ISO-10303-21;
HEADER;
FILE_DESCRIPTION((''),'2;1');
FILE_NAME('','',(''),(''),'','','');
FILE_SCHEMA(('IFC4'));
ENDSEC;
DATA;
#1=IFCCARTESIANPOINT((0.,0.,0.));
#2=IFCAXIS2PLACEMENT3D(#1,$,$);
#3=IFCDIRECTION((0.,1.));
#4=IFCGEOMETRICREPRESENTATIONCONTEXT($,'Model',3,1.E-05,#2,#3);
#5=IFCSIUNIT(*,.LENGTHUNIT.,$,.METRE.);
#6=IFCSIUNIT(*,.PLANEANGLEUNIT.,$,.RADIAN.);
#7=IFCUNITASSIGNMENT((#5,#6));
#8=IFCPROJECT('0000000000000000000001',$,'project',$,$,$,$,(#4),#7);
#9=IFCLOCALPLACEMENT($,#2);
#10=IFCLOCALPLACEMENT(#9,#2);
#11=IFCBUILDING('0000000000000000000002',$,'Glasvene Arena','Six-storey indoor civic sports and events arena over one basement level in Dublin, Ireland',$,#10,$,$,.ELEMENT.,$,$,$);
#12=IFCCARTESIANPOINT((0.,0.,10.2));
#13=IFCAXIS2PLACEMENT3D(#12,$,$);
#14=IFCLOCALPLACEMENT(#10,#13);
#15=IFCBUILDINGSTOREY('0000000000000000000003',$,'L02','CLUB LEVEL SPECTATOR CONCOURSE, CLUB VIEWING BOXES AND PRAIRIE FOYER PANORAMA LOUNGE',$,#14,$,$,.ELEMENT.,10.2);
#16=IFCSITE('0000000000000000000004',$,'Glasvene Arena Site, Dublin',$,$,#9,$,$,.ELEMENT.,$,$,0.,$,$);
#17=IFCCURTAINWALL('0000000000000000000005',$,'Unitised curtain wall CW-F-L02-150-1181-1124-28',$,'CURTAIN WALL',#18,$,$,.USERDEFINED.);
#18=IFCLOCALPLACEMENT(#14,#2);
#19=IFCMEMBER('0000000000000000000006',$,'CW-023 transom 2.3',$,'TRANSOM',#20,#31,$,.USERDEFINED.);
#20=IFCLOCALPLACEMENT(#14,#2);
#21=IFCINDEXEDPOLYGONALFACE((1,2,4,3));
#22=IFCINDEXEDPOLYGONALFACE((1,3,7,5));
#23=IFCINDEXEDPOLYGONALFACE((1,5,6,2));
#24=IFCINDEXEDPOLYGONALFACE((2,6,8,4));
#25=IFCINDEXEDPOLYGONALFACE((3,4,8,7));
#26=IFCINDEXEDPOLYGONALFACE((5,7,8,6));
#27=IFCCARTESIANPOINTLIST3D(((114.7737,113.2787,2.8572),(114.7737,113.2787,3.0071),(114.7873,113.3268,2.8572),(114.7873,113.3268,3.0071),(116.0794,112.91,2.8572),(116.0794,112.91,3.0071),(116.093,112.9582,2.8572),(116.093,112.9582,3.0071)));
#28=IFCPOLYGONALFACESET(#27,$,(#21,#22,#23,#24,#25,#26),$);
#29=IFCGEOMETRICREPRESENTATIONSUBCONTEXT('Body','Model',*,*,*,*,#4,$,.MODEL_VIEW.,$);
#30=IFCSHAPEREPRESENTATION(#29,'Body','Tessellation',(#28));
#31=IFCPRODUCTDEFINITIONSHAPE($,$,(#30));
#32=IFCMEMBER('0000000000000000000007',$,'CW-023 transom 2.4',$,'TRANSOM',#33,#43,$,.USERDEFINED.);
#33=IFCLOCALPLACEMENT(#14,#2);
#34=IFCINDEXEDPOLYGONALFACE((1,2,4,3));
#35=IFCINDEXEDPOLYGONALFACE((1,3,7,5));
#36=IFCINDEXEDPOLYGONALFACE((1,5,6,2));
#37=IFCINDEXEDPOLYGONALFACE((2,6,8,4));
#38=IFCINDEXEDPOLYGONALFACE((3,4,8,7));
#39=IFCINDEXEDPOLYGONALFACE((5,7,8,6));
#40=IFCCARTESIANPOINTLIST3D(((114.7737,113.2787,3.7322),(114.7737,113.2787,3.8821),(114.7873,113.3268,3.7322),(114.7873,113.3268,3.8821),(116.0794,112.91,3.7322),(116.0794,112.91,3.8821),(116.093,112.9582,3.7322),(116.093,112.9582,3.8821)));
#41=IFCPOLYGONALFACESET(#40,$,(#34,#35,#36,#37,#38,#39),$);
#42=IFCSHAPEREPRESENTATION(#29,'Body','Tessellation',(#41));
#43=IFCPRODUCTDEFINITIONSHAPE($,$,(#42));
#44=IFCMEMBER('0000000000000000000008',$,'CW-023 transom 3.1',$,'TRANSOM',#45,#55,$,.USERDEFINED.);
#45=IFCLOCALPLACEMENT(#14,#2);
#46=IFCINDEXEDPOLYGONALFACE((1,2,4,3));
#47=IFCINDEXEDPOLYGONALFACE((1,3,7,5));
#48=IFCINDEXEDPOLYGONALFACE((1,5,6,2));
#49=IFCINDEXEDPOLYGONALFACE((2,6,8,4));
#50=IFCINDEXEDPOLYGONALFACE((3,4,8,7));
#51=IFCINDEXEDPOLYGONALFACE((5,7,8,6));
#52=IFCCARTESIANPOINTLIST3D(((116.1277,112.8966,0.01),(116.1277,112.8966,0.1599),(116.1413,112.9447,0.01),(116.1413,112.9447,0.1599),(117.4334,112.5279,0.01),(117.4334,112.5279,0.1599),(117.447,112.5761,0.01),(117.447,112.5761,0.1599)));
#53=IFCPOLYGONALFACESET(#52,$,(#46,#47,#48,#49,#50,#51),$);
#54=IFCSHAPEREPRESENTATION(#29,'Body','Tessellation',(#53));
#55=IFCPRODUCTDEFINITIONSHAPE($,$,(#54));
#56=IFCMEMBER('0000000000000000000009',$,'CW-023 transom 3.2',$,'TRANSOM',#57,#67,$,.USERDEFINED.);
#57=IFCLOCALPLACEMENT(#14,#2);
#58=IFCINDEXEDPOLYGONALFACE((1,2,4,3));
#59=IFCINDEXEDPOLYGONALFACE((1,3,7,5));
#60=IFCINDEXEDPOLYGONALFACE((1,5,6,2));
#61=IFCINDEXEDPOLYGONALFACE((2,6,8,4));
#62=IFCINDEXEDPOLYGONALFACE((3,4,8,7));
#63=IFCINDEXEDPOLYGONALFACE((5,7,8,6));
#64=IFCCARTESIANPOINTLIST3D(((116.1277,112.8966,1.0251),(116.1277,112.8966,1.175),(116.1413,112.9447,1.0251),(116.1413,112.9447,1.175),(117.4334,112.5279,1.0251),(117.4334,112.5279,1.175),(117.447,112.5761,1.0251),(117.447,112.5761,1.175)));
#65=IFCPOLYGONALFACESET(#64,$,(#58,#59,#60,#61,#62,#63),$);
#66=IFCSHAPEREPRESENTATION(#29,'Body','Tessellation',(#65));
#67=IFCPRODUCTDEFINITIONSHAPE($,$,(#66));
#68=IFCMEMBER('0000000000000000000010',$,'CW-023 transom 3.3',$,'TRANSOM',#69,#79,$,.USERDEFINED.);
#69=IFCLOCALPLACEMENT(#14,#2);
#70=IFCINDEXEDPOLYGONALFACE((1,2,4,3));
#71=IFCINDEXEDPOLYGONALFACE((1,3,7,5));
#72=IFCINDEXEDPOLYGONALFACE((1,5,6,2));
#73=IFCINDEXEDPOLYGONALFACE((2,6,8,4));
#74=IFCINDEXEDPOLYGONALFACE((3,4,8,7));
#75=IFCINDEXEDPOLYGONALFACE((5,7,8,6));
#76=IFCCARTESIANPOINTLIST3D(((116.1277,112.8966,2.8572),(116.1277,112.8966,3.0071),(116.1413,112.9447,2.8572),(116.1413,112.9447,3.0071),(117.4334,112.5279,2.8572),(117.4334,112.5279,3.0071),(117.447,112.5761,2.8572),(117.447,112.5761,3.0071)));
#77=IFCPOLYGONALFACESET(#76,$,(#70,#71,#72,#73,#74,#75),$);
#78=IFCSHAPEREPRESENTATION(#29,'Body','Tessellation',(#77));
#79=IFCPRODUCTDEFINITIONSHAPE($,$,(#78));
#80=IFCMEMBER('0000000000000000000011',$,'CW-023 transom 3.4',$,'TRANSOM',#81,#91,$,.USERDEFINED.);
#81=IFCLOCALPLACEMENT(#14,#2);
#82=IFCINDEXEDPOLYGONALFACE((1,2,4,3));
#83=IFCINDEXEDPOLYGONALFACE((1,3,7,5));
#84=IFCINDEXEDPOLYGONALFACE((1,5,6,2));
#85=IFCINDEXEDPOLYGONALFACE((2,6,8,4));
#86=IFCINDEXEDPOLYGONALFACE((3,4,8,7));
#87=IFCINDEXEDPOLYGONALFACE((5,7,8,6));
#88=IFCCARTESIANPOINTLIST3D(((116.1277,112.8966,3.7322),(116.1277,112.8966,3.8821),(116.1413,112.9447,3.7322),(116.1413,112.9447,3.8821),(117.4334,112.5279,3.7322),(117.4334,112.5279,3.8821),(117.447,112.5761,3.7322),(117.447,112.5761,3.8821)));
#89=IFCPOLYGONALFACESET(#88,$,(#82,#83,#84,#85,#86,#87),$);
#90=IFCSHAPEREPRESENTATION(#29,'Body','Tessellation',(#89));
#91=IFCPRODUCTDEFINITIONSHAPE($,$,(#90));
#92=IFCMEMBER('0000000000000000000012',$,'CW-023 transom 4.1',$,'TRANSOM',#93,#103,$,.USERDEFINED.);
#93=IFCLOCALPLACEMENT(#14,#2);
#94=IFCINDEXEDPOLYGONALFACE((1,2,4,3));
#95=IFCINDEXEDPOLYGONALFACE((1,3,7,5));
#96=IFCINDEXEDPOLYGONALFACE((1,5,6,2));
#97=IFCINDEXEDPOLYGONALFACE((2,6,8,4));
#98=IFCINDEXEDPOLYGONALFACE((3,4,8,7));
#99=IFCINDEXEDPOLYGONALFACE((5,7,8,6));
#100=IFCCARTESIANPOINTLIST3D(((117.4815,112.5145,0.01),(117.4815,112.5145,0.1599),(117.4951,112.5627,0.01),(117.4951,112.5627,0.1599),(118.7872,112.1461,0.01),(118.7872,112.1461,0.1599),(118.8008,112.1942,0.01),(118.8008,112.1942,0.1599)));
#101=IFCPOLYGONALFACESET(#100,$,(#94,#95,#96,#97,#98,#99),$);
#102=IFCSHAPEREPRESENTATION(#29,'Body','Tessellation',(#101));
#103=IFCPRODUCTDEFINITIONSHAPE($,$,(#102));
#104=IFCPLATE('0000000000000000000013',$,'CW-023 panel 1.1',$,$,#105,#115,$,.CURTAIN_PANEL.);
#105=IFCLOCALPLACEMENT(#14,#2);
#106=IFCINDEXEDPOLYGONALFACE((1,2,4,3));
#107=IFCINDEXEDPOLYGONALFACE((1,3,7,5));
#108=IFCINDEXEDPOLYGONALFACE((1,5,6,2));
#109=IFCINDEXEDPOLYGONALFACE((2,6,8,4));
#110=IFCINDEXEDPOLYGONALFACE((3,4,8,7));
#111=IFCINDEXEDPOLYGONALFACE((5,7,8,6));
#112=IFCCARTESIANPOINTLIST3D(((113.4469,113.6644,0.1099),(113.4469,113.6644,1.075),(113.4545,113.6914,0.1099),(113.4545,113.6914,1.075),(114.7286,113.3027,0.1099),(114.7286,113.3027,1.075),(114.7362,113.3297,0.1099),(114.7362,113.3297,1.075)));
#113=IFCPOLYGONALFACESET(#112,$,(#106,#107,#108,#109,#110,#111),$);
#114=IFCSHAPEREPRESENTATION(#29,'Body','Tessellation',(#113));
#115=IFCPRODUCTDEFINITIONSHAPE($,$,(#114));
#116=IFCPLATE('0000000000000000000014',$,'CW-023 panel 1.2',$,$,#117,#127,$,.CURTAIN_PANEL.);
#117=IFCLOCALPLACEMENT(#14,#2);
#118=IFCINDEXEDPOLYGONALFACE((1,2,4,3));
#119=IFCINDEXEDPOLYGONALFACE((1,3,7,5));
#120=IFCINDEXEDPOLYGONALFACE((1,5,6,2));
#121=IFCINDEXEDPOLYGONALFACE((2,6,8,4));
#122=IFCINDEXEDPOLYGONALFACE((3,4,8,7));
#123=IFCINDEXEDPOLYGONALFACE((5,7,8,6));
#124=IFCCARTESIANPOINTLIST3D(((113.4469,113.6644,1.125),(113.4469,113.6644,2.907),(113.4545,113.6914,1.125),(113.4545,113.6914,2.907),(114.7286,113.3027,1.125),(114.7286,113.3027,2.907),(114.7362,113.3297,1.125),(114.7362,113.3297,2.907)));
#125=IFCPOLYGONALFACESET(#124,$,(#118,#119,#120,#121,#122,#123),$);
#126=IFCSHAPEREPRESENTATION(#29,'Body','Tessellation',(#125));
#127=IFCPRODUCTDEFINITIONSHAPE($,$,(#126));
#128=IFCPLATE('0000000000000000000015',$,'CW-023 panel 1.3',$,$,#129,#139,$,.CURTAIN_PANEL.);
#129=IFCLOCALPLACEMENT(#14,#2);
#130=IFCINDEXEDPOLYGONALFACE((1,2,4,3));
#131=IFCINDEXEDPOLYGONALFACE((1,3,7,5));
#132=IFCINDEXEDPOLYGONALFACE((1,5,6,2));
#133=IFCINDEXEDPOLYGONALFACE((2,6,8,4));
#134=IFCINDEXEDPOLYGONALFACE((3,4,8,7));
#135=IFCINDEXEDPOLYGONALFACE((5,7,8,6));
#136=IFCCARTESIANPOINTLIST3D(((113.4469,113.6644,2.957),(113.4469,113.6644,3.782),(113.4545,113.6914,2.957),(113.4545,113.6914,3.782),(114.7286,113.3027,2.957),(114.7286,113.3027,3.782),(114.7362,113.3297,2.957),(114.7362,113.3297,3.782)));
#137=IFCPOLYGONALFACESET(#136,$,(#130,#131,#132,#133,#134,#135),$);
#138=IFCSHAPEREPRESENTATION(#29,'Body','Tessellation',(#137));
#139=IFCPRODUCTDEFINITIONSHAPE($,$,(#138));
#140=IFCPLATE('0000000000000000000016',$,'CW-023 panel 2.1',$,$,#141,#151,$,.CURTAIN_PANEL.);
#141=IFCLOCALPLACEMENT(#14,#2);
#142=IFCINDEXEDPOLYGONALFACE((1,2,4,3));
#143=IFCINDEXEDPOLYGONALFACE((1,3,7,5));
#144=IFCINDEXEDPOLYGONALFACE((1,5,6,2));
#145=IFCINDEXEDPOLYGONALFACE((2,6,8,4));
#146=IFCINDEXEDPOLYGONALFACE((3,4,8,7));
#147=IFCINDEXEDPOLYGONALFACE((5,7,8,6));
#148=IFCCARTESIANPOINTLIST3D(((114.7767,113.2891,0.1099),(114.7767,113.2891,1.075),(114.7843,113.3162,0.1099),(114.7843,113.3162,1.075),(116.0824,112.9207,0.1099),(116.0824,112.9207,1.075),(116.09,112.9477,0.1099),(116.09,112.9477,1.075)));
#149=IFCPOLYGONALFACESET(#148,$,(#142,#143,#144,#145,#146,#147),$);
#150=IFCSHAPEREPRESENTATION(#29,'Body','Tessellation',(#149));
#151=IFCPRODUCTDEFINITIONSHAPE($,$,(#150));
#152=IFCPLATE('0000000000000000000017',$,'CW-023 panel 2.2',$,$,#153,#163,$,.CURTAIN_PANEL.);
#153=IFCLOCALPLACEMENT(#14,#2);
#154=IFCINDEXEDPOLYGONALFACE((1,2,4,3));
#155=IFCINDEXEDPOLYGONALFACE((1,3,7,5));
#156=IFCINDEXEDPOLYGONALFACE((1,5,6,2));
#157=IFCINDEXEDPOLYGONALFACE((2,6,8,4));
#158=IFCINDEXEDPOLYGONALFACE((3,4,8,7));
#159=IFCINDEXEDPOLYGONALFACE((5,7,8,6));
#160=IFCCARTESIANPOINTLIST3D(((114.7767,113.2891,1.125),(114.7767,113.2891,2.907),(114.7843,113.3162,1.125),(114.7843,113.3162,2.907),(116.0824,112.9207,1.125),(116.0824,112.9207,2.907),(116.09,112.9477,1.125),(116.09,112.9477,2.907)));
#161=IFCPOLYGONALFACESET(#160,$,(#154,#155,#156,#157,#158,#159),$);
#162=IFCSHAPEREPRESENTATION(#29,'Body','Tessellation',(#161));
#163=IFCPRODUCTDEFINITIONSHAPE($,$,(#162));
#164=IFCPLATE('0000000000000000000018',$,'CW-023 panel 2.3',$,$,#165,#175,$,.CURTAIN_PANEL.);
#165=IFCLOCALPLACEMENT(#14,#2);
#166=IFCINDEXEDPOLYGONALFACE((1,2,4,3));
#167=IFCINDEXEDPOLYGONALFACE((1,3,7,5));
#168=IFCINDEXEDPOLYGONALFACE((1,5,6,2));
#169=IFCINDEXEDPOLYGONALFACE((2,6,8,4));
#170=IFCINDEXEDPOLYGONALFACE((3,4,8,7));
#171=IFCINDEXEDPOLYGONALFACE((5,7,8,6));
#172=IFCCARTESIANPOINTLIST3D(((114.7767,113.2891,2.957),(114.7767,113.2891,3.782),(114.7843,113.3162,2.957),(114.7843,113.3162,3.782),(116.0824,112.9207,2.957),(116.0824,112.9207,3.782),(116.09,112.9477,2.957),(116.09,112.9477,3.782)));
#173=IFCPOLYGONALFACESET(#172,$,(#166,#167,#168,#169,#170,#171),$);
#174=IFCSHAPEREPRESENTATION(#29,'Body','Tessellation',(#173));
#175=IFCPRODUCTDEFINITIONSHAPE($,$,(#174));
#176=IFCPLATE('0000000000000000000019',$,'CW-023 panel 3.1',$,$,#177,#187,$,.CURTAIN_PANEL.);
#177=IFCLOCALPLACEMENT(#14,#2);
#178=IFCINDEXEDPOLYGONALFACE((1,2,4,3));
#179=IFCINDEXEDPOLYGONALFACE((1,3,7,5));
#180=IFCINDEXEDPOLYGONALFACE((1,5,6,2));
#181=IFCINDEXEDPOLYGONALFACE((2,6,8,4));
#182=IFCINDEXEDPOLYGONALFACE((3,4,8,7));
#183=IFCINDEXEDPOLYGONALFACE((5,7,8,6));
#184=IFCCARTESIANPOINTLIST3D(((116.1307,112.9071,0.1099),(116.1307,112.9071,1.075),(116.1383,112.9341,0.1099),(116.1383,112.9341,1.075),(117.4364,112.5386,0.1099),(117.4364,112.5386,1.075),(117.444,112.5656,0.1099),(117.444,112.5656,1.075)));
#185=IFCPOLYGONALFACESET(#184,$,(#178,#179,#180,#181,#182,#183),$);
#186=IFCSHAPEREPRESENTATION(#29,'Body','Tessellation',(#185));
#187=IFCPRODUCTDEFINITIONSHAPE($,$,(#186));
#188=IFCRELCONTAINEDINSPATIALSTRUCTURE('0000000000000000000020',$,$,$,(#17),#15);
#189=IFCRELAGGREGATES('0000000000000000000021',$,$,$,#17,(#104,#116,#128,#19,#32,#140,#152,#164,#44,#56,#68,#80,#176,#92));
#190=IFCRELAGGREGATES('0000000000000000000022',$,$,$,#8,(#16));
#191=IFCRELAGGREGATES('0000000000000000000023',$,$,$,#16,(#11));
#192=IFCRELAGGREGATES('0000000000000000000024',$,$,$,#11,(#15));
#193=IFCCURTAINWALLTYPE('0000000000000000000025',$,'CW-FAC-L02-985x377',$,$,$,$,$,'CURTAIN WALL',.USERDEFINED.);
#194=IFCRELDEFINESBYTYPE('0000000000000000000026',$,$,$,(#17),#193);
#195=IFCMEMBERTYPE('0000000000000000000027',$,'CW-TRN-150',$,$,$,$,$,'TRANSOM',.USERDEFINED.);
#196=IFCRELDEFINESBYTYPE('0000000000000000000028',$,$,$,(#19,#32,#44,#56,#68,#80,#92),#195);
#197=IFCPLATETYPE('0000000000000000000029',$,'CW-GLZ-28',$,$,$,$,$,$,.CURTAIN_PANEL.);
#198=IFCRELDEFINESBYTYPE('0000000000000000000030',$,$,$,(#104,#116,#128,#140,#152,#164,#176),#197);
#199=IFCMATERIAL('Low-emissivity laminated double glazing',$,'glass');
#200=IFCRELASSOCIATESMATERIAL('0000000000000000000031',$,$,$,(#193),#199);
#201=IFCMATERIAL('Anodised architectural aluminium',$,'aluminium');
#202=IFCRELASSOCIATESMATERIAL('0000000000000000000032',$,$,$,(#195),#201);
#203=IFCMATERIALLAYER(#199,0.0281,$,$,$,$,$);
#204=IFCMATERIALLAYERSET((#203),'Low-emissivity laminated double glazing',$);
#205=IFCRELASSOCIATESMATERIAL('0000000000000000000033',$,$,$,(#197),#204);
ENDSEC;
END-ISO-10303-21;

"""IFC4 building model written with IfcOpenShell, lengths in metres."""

from ifc_helpers import new_model, si_unit, direction, frame, origin, origin_2d, place, context, subcontext, project, spatial, rectangle, extrude, material, layer, layer_set, material_profile, profile_set, type_object, element, aggregate, save


model = new_model("IFC4")

# Units and contexts
model_context = context("Model", 3, precision=1e-05, world=origin(), true_north=direction((0.0, 1.0)))
body_context = subcontext(model_context, "Body", "Model", "MODEL_VIEW")
ifc_project = project(units=[si_unit("LENGTHUNIT", "METRE"), si_unit("PLANEANGLEUNIT", "RADIAN")], contexts=[model_context])

# Site, building, storey
site_placement = place(None, origin())
site = spatial("IfcSite", under=ifc_project, at=site_placement, Name="Glasvene Arena Site, Dublin", CompositionType="ELEMENT", RefElevation=0.0)
building_placement = place(site_placement, origin())
building = spatial("IfcBuilding", under=site, at=building_placement, Name="Glasvene Arena", Description="Six-storey indoor civic sports and events arena over one basement level in Dublin, Ireland", CompositionType="ELEMENT")
storey_placement = place(building_placement, frame((0.0, 0.0, 10.2)))
storey = spatial("IfcBuildingStorey", under=building, at=storey_placement, Name="L02", Description="CLUB LEVEL SPECTATOR CONCOURSE, CLUB VIEWING BOXES AND PRAIRIE FOYER PANORAMA LOUNGE", CompositionType="ELEMENT", Elevation=10.2)

# Curtain wall, members, plates
ifc_material_1 = material(Name="Low-emissivity laminated double glazing", Category="glass")
curtain_wall_type = type_object("IfcCurtainWallType", Name="CW-FAC-L02-985x377", ElementType="CURTAIN WALL", PredefinedType="USERDEFINED", material=ifc_material_1)
curtain_wall_placement = place(storey_placement, frame((113.4026, 113.6914, 0.0)))
curtain_wall = element("IfcCurtainWall", 1, at=curtain_wall_placement, inside=storey, type_object=curtain_wall_type, Name="Unitised curtain wall CW-F-L02-150-1181-1124-28", ObjectType="CURTAIN WALL", PredefinedType="USERDEFINED")
ifc_material_2 = material(Name="Anodised architectural aluminium", Category="aluminium")
ifc_material_profile_1 = material_profile(ifc_material_2, rectangle(XDim=0.05, YDim=0.1499, at=origin_2d()), Name="ALU TRANSOM 50x150")
ifc_profile_set_1 = profile_set([ifc_material_profile_1], Name="Anodised architectural aluminium")
member_type_1 = type_object("IfcMemberType", Name="CW-TRN-150", ElementType="TRANSOM", PredefinedType="USERDEFINED", material=ifc_profile_set_1)
member_1_placement = place(storey_placement, frame((114.7805, 113.3027, 2.9321), z_axis=(0.962375, -0.271725, 0.0), x_axis=(0.271725, 0.962375, 0.0)))
member_1 = element("IfcMember", 2, at=member_1_placement, type_object=member_type_1, Name="CW-023 transom 2.3", ObjectType="TRANSOM", PredefinedType="USERDEFINED", context=body_context, shape_type="SweptSolid", body=[
    extrude(rectangle(XDim=0.05, YDim=0.1499, at=origin_2d()), origin(), (0.0, 0.0, 1.0), 1.3567),
])
member_2_placement = place(storey_placement, frame((114.7805, 113.3027, 3.8071), z_axis=(0.962375, -0.271725, 0.0), x_axis=(0.271725, 0.962375, 0.0)))
member_2 = element("IfcMember", 3, at=member_2_placement, type_object=member_type_1, Name="CW-023 transom 2.4", ObjectType="TRANSOM", PredefinedType="USERDEFINED", context=body_context, shape_type="SweptSolid", body=[
    extrude(rectangle(XDim=0.05, YDim=0.1499, at=origin_2d()), origin(), (0.0, 0.0, 1.0), 1.3567),
])
member_3_placement = place(storey_placement, frame((116.1345, 112.9207, 0.085), z_axis=(0.962375, -0.271725, 0.0), x_axis=(0.271725, 0.962375, 0.0)))
member_3 = element("IfcMember", 4, at=member_3_placement, type_object=member_type_1, Name="CW-023 transom 3.1", ObjectType="TRANSOM", PredefinedType="USERDEFINED", context=body_context, shape_type="SweptSolid", body=[
    extrude(rectangle(XDim=0.05, YDim=0.1499, at=origin_2d()), origin(), (0.0, 0.0, 1.0), 1.3567),
])
member_4_placement = place(storey_placement, frame((116.1345, 112.9207, 1.1001), z_axis=(0.962375, -0.271725, 0.0), x_axis=(0.271725, 0.962375, 0.0)))
member_4 = element("IfcMember", 5, at=member_4_placement, type_object=member_type_1, Name="CW-023 transom 3.2", ObjectType="TRANSOM", PredefinedType="USERDEFINED", context=body_context, shape_type="SweptSolid", body=[
    extrude(rectangle(XDim=0.05, YDim=0.1499, at=origin_2d()), origin(), (0.0, 0.0, 1.0), 1.3567),
])
member_5_placement = place(storey_placement, frame((116.1345, 112.9207, 2.9321), z_axis=(0.962375, -0.271725, 0.0), x_axis=(0.271725, 0.962375, 0.0)))
member_5 = element("IfcMember", 6, at=member_5_placement, type_object=member_type_1, Name="CW-023 transom 3.3", ObjectType="TRANSOM", PredefinedType="USERDEFINED", context=body_context, shape_type="SweptSolid", body=[
    extrude(rectangle(XDim=0.05, YDim=0.1499, at=origin_2d()), origin(), (0.0, 0.0, 1.0), 1.3567),
])
member_6_placement = place(storey_placement, frame((116.1345, 112.9207, 3.8071), z_axis=(0.962375, -0.271725, 0.0), x_axis=(0.271725, 0.962375, 0.0)))
member_6 = element("IfcMember", 7, at=member_6_placement, type_object=member_type_1, Name="CW-023 transom 3.4", ObjectType="TRANSOM", PredefinedType="USERDEFINED", context=body_context, shape_type="SweptSolid", body=[
    extrude(rectangle(XDim=0.05, YDim=0.1499, at=origin_2d()), origin(), (0.0, 0.0, 1.0), 1.3567),
])
member_7_placement = place(storey_placement, frame((117.4883, 112.5386, 0.085), z_axis=(0.962422, -0.271558, 0.0), x_axis=(0.271558, 0.962422, 0.0)))
member_7 = element("IfcMember", 8, at=member_7_placement, type_object=member_type_1, Name="CW-023 transom 4.1", ObjectType="TRANSOM", PredefinedType="USERDEFINED", context=body_context, shape_type="SweptSolid", body=[
    extrude(rectangle(XDim=0.05, YDim=0.1499, at=origin_2d()), origin(), (0.0, 0.0, 1.0), 1.3567),
])
ifc_layer_1 = layer(ifc_material_1, 0.0281)
ifc_layer_set_1 = layer_set([ifc_layer_1], Name="Low-emissivity laminated double glazing")
plate_type = type_object("IfcPlateType", Name="CW-GLZ-28", PredefinedType="CURTAIN_PANEL", material=ifc_layer_set_1)
plate_1_placement = place(storey_placement, frame((114.0916, 113.4971, 0.1099), z_axis=(0.0, 0.0, 1.0), x_axis=(0.962411, -0.271597, 0.0)))
plate_1 = element("IfcPlate", 9, at=plate_1_placement, type_object=plate_type, Name="CW-023 panel 1.1", PredefinedType="CURTAIN_PANEL", context=body_context, shape_type="SweptSolid", body=[
    extrude(rectangle(XDim=1.3318, YDim=0.0281, at=origin_2d()), origin(), (0.0, 0.0, 1.0), 0.9651),
])
plate_2_placement = place(storey_placement, frame((114.0916, 113.4971, 1.125), z_axis=(0.0, 0.0, 1.0), x_axis=(0.962411, -0.271597, 0.0)))
plate_2 = element("IfcPlate", 10, at=plate_2_placement, type_object=plate_type, Name="CW-023 panel 1.2", PredefinedType="CURTAIN_PANEL", context=body_context, shape_type="SweptSolid", body=[
    extrude(rectangle(XDim=1.3318, YDim=0.0281, at=origin_2d()), origin(), (0.0, 0.0, 1.0), 1.782),
])
plate_3_placement = place(storey_placement, frame((114.0916, 113.4971, 2.957), z_axis=(0.0, 0.0, 1.0), x_axis=(0.962411, -0.271597, 0.0)))
plate_3 = element("IfcPlate", 11, at=plate_3_placement, type_object=plate_type, Name="CW-023 panel 1.3", PredefinedType="CURTAIN_PANEL", context=body_context, shape_type="SweptSolid", body=[
    extrude(rectangle(XDim=1.3318, YDim=0.0281, at=origin_2d()), origin(), (0.0, 0.0, 1.0), 0.825),
])
plate_4_placement = place(storey_placement, frame((115.4333, 113.1184, 0.1099), z_axis=(0.0, 0.0, 1.0), x_axis=(0.962411, -0.271597, 0.0)))
plate_4 = element("IfcPlate", 12, at=plate_4_placement, type_object=plate_type, Name="CW-023 panel 2.1", PredefinedType="CURTAIN_PANEL", context=body_context, shape_type="SweptSolid", body=[
    extrude(rectangle(XDim=1.3567, YDim=0.0281, at=origin_2d()), origin(), (0.0, 0.0, 1.0), 0.9651),
])
plate_5_placement = place(storey_placement, frame((115.4333, 113.1184, 1.125), z_axis=(0.0, 0.0, 1.0), x_axis=(0.962411, -0.271597, 0.0)))
plate_5 = element("IfcPlate", 13, at=plate_5_placement, type_object=plate_type, Name="CW-023 panel 2.2", PredefinedType="CURTAIN_PANEL", context=body_context, shape_type="SweptSolid", body=[
    extrude(rectangle(XDim=1.3567, YDim=0.0281, at=origin_2d()), origin(), (0.0, 0.0, 1.0), 1.782),
])
plate_6_placement = place(storey_placement, frame((115.4333, 113.1184, 2.957), z_axis=(0.0, 0.0, 1.0), x_axis=(0.962411, -0.271597, 0.0)))
plate_6 = element("IfcPlate", 14, at=plate_6_placement, type_object=plate_type, Name="CW-023 panel 2.3", PredefinedType="CURTAIN_PANEL", context=body_context, shape_type="SweptSolid", body=[
    extrude(rectangle(XDim=1.3567, YDim=0.0281, at=origin_2d()), origin(), (0.0, 0.0, 1.0), 0.825),
])
plate_7_placement = place(storey_placement, frame((116.7874, 112.7363, 0.1099), z_axis=(0.0, 0.0, 1.0), x_axis=(0.962411, -0.271597, 0.0)))
plate_7 = element("IfcPlate", 15, at=plate_7_placement, type_object=plate_type, Name="CW-023 panel 3.1", PredefinedType="CURTAIN_PANEL", context=body_context, shape_type="SweptSolid", body=[
    extrude(rectangle(XDim=1.3567, YDim=0.0281, at=origin_2d()), origin(), (0.0, 0.0, 1.0), 0.9651),
])
aggregate(curtain_wall, [plate_1, plate_2, plate_3, member_1, member_2, plate_4, plate_5, plate_6, member_3, member_4, member_5, member_6, plate_7, member_7])

save(model, "model.ifc")
